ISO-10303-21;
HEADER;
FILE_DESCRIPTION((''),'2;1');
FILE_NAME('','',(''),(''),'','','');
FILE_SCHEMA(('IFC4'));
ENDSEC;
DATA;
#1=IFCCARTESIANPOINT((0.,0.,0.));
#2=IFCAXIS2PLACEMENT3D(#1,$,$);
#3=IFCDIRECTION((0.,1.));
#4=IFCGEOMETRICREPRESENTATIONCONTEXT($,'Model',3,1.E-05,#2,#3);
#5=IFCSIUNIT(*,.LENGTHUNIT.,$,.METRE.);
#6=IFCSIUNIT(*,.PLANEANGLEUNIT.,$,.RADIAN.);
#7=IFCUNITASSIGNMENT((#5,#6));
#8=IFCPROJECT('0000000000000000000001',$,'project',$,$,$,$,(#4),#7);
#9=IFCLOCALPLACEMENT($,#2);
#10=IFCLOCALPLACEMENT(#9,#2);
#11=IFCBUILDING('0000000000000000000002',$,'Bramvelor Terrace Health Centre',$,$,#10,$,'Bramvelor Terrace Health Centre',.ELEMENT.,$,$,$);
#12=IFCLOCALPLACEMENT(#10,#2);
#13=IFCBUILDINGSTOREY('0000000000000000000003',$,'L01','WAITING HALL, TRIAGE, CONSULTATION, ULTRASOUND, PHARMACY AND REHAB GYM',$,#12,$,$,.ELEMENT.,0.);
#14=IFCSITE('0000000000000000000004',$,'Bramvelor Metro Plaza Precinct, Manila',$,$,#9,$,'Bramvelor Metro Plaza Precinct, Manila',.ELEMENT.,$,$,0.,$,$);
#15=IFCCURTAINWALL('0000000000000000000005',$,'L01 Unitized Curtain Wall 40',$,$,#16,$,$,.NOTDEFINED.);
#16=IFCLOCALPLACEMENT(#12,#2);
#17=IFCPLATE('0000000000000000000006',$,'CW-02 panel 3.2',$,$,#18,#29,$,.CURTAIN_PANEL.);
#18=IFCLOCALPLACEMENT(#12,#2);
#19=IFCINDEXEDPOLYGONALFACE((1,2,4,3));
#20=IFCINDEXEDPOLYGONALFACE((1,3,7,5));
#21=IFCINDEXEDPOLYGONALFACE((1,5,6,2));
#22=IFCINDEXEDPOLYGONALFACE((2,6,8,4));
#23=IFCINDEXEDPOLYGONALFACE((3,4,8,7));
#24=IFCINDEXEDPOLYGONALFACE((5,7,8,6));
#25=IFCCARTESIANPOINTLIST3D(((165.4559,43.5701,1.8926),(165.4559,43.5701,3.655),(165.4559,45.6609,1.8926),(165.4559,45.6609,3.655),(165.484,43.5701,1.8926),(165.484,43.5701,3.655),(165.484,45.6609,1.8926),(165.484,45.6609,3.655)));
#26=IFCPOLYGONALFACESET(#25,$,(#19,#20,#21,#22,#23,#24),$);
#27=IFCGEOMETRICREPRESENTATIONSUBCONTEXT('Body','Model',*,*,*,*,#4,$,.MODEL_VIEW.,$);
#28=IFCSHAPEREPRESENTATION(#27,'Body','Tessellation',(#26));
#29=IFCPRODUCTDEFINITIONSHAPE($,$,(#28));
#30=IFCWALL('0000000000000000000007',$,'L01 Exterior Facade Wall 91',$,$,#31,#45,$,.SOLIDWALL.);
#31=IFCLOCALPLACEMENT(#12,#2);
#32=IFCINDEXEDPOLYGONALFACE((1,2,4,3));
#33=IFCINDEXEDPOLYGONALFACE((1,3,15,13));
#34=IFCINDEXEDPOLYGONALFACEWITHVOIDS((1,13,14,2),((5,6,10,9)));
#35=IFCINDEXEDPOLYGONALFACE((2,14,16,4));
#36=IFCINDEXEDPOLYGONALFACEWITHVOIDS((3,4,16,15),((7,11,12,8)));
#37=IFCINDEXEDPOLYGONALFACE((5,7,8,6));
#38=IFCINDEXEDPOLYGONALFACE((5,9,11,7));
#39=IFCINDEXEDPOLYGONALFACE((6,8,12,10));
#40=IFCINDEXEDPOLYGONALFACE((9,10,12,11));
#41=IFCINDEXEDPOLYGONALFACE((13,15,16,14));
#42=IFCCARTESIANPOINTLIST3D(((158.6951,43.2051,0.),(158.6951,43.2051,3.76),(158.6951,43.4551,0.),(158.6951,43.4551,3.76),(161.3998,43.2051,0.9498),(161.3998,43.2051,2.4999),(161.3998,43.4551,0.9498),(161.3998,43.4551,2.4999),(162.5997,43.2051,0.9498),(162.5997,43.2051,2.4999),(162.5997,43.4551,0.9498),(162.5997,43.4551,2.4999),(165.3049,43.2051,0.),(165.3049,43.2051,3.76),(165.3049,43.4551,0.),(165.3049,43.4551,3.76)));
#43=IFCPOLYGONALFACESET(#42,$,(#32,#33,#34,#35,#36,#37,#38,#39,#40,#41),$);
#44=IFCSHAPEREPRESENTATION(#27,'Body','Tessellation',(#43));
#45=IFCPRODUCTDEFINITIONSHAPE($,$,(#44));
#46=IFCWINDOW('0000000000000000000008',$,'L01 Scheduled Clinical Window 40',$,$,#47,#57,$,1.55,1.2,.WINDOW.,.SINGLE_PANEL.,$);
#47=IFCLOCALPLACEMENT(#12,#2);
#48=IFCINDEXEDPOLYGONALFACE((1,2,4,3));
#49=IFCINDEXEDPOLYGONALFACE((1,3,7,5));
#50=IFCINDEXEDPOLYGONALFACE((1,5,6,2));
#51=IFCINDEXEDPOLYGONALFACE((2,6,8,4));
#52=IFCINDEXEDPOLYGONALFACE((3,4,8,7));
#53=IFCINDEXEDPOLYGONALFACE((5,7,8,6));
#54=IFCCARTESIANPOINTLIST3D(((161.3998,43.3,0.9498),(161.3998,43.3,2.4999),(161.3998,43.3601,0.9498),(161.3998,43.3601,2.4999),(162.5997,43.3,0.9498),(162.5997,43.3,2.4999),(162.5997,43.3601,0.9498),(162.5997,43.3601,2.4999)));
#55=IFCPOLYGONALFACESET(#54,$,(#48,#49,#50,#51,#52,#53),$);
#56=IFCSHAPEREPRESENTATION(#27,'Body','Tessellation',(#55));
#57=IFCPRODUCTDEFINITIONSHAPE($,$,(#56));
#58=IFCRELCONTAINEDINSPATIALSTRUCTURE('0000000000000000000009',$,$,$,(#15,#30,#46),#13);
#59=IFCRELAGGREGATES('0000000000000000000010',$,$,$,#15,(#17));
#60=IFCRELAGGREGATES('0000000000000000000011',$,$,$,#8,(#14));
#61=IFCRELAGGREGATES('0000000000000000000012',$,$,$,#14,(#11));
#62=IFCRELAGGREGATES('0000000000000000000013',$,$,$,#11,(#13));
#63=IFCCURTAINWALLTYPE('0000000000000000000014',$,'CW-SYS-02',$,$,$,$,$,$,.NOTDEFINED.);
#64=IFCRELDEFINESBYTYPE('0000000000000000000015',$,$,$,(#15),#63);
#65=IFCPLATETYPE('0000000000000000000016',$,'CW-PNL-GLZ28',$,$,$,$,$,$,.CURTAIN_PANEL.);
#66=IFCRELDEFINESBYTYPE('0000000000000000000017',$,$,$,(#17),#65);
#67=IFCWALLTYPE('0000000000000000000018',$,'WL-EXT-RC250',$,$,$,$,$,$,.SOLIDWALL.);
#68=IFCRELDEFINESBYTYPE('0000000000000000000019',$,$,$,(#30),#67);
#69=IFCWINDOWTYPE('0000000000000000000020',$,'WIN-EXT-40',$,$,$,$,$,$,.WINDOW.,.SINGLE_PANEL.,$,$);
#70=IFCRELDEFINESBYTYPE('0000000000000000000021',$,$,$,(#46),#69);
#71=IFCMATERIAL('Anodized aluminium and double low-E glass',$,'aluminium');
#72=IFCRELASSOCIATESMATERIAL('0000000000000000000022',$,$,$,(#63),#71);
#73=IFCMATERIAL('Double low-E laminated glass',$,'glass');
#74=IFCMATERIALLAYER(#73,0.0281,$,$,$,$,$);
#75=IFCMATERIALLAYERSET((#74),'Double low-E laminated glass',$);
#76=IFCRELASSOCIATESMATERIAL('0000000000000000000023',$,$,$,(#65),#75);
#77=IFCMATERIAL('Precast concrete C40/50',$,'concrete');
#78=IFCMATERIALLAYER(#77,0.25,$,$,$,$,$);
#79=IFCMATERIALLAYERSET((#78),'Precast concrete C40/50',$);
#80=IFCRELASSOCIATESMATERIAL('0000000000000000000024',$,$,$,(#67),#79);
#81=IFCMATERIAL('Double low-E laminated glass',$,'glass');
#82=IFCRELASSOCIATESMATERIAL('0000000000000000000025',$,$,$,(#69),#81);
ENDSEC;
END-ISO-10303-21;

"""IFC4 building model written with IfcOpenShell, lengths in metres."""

from ifc_helpers import new_model, si_unit, direction, frame, frame_2d, origin, origin_2d, place, context, subcontext, project, spatial, rectangle, extrude, material, layer, layer_set, type_object, element, fill, aggregate, save


model = new_model("IFC4")

# Units and contexts
model_context = context("Model", 3, precision=1e-05, world=origin(), true_north=direction((0.0, 1.0)))
body_context = subcontext(model_context, "Body", "Model", "MODEL_VIEW")
ifc_project = project(units=[si_unit("LENGTHUNIT", "METRE"), si_unit("PLANEANGLEUNIT", "RADIAN")], contexts=[model_context])

# Site, building, storey
site_placement = place(None, origin())
site = spatial("IfcSite", under=ifc_project, at=site_placement, Name="Bramvelor Metro Plaza Precinct, Manila", LongName="Bramvelor Metro Plaza Precinct, Manila", CompositionType="ELEMENT", RefElevation=0.0)
building_placement = place(site_placement, origin())
building = spatial("IfcBuilding", under=site, at=building_placement, Name="Bramvelor Terrace Health Centre", LongName="Bramvelor Terrace Health Centre", CompositionType="ELEMENT")
storey_placement = place(building_placement, origin())
storey = spatial("IfcBuildingStorey", under=building, at=storey_placement, Name="L01", Description="WAITING HALL, TRIAGE, CONSULTATION, ULTRASOUND, PHARMACY AND REHAB GYM", CompositionType="ELEMENT", Elevation=0.0)

# Curtain wall, plate
ifc_material_1 = material(Name="Anodized aluminium and double low-E glass", Category="aluminium")
curtain_wall_type = type_object("IfcCurtainWallType", Name="CW-SYS-02", PredefinedType="NOTDEFINED", material=ifc_material_1)
curtain_wall_placement = place(storey_placement, origin())
curtain_wall = element("IfcCurtainWall", 1, at=curtain_wall_placement, inside=storey, type_object=curtain_wall_type, Name="L01 Unitized Curtain Wall 40", PredefinedType="NOTDEFINED")
ifc_material_2 = material(Name="Double low-E laminated glass", Category="glass")
ifc_layer_1 = layer(ifc_material_2, 0.0281)
ifc_layer_set_1 = layer_set([ifc_layer_1], Name="Double low-E laminated glass")
plate_type = type_object("IfcPlateType", Name="CW-PNL-GLZ28", PredefinedType="CURTAIN_PANEL", material=ifc_layer_set_1)
plate_1_placement = place(storey_placement, frame((165.47, 44.6155, 1.8926), z_axis=(0.0, 0.0, 1.0), x_axis=(0.0, -1.0, 0.0)))
plate_1 = element("IfcPlate", 2, at=plate_1_placement, type_object=plate_type, Name="CW-02 panel 3.2", PredefinedType="CURTAIN_PANEL", context=body_context, shape_type="SweptSolid", body=[
    extrude(rectangle(XDim=2.0908, YDim=0.0281, at=origin_2d()), origin(), (0.0, 0.0, 1.0), 1.7625),
])
aggregate(curtain_wall, [plate_1])

# Wall, opening, window
ifc_material_3 = material(Name="Precast concrete C40/50", Category="concrete")
ifc_layer_2 = layer(ifc_material_3, 0.25)
ifc_layer_set_2 = layer_set([ifc_layer_2], Name="Precast concrete C40/50")
wall_type = type_object("IfcWallType", Name="WL-EXT-RC250", PredefinedType="SOLIDWALL", material=ifc_layer_set_2)
wall_placement = place(storey_placement, frame((165.3049, 43.3301, 0.0), z_axis=(0.0, 0.0, 1.0), x_axis=(-1.0, 0.0, 0.0)))
wall = element("IfcWall", 3, at=wall_placement, inside=storey, type_object=wall_type, Name="L01 Exterior Facade Wall 91", PredefinedType="SOLIDWALL", context=body_context, shape_type="SweptSolid", body=[
    extrude(rectangle(XDim=6.6099, YDim=0.25, at=frame_2d((3.3049, 0.0))), origin(), (0.0, 0.0, 1.0), 3.76),
])
opening_placement = place(wall_placement, frame((2.7051, 0.0, 0.95)))
opening = element("IfcOpeningElement", 4, at=opening_placement, cuts=wall, PredefinedType="OPENING", context=body_context, shape_type="SweptSolid", body=[
    extrude(rectangle(XDim=1.2, YDim=1.55, at=frame_2d((0.6001, 0.7749))), frame((0.0, 0.135, 0.0), z_axis=(0.0, -1.0, 0.0), x_axis=(1.0, 0.0, 0.0)), (0.0, 0.0, 1.0), 0.27),
])
ifc_material_4 = material(Name="Double low-E laminated glass", Category="glass")
window_type = type_object("IfcWindowType", Name="WIN-EXT-40", PartitioningType="SINGLE_PANEL", PredefinedType="WINDOW", material=ifc_material_4)
window_placement = place(opening_placement, origin())
window = element("IfcWindow", 5, at=window_placement, inside=storey, type_object=window_type, Name="L01 Scheduled Clinical Window 40", OverallHeight=1.55, OverallWidth=1.2, PartitioningType="SINGLE_PANEL", PredefinedType="WINDOW", context=body_context, shape_type="SweptSolid", body=[
    extrude(rectangle(XDim=1.2, YDim=1.55, at=frame_2d((0.6001, 0.7749))), frame((0.0, 0.03, 0.0), z_axis=(0.0, -1.0, 0.0), x_axis=(1.0, 0.0, 0.0)), (0.0, 0.0, 1.0), 0.0601),
])
fill(opening, window)

save(model, "model.ifc")
